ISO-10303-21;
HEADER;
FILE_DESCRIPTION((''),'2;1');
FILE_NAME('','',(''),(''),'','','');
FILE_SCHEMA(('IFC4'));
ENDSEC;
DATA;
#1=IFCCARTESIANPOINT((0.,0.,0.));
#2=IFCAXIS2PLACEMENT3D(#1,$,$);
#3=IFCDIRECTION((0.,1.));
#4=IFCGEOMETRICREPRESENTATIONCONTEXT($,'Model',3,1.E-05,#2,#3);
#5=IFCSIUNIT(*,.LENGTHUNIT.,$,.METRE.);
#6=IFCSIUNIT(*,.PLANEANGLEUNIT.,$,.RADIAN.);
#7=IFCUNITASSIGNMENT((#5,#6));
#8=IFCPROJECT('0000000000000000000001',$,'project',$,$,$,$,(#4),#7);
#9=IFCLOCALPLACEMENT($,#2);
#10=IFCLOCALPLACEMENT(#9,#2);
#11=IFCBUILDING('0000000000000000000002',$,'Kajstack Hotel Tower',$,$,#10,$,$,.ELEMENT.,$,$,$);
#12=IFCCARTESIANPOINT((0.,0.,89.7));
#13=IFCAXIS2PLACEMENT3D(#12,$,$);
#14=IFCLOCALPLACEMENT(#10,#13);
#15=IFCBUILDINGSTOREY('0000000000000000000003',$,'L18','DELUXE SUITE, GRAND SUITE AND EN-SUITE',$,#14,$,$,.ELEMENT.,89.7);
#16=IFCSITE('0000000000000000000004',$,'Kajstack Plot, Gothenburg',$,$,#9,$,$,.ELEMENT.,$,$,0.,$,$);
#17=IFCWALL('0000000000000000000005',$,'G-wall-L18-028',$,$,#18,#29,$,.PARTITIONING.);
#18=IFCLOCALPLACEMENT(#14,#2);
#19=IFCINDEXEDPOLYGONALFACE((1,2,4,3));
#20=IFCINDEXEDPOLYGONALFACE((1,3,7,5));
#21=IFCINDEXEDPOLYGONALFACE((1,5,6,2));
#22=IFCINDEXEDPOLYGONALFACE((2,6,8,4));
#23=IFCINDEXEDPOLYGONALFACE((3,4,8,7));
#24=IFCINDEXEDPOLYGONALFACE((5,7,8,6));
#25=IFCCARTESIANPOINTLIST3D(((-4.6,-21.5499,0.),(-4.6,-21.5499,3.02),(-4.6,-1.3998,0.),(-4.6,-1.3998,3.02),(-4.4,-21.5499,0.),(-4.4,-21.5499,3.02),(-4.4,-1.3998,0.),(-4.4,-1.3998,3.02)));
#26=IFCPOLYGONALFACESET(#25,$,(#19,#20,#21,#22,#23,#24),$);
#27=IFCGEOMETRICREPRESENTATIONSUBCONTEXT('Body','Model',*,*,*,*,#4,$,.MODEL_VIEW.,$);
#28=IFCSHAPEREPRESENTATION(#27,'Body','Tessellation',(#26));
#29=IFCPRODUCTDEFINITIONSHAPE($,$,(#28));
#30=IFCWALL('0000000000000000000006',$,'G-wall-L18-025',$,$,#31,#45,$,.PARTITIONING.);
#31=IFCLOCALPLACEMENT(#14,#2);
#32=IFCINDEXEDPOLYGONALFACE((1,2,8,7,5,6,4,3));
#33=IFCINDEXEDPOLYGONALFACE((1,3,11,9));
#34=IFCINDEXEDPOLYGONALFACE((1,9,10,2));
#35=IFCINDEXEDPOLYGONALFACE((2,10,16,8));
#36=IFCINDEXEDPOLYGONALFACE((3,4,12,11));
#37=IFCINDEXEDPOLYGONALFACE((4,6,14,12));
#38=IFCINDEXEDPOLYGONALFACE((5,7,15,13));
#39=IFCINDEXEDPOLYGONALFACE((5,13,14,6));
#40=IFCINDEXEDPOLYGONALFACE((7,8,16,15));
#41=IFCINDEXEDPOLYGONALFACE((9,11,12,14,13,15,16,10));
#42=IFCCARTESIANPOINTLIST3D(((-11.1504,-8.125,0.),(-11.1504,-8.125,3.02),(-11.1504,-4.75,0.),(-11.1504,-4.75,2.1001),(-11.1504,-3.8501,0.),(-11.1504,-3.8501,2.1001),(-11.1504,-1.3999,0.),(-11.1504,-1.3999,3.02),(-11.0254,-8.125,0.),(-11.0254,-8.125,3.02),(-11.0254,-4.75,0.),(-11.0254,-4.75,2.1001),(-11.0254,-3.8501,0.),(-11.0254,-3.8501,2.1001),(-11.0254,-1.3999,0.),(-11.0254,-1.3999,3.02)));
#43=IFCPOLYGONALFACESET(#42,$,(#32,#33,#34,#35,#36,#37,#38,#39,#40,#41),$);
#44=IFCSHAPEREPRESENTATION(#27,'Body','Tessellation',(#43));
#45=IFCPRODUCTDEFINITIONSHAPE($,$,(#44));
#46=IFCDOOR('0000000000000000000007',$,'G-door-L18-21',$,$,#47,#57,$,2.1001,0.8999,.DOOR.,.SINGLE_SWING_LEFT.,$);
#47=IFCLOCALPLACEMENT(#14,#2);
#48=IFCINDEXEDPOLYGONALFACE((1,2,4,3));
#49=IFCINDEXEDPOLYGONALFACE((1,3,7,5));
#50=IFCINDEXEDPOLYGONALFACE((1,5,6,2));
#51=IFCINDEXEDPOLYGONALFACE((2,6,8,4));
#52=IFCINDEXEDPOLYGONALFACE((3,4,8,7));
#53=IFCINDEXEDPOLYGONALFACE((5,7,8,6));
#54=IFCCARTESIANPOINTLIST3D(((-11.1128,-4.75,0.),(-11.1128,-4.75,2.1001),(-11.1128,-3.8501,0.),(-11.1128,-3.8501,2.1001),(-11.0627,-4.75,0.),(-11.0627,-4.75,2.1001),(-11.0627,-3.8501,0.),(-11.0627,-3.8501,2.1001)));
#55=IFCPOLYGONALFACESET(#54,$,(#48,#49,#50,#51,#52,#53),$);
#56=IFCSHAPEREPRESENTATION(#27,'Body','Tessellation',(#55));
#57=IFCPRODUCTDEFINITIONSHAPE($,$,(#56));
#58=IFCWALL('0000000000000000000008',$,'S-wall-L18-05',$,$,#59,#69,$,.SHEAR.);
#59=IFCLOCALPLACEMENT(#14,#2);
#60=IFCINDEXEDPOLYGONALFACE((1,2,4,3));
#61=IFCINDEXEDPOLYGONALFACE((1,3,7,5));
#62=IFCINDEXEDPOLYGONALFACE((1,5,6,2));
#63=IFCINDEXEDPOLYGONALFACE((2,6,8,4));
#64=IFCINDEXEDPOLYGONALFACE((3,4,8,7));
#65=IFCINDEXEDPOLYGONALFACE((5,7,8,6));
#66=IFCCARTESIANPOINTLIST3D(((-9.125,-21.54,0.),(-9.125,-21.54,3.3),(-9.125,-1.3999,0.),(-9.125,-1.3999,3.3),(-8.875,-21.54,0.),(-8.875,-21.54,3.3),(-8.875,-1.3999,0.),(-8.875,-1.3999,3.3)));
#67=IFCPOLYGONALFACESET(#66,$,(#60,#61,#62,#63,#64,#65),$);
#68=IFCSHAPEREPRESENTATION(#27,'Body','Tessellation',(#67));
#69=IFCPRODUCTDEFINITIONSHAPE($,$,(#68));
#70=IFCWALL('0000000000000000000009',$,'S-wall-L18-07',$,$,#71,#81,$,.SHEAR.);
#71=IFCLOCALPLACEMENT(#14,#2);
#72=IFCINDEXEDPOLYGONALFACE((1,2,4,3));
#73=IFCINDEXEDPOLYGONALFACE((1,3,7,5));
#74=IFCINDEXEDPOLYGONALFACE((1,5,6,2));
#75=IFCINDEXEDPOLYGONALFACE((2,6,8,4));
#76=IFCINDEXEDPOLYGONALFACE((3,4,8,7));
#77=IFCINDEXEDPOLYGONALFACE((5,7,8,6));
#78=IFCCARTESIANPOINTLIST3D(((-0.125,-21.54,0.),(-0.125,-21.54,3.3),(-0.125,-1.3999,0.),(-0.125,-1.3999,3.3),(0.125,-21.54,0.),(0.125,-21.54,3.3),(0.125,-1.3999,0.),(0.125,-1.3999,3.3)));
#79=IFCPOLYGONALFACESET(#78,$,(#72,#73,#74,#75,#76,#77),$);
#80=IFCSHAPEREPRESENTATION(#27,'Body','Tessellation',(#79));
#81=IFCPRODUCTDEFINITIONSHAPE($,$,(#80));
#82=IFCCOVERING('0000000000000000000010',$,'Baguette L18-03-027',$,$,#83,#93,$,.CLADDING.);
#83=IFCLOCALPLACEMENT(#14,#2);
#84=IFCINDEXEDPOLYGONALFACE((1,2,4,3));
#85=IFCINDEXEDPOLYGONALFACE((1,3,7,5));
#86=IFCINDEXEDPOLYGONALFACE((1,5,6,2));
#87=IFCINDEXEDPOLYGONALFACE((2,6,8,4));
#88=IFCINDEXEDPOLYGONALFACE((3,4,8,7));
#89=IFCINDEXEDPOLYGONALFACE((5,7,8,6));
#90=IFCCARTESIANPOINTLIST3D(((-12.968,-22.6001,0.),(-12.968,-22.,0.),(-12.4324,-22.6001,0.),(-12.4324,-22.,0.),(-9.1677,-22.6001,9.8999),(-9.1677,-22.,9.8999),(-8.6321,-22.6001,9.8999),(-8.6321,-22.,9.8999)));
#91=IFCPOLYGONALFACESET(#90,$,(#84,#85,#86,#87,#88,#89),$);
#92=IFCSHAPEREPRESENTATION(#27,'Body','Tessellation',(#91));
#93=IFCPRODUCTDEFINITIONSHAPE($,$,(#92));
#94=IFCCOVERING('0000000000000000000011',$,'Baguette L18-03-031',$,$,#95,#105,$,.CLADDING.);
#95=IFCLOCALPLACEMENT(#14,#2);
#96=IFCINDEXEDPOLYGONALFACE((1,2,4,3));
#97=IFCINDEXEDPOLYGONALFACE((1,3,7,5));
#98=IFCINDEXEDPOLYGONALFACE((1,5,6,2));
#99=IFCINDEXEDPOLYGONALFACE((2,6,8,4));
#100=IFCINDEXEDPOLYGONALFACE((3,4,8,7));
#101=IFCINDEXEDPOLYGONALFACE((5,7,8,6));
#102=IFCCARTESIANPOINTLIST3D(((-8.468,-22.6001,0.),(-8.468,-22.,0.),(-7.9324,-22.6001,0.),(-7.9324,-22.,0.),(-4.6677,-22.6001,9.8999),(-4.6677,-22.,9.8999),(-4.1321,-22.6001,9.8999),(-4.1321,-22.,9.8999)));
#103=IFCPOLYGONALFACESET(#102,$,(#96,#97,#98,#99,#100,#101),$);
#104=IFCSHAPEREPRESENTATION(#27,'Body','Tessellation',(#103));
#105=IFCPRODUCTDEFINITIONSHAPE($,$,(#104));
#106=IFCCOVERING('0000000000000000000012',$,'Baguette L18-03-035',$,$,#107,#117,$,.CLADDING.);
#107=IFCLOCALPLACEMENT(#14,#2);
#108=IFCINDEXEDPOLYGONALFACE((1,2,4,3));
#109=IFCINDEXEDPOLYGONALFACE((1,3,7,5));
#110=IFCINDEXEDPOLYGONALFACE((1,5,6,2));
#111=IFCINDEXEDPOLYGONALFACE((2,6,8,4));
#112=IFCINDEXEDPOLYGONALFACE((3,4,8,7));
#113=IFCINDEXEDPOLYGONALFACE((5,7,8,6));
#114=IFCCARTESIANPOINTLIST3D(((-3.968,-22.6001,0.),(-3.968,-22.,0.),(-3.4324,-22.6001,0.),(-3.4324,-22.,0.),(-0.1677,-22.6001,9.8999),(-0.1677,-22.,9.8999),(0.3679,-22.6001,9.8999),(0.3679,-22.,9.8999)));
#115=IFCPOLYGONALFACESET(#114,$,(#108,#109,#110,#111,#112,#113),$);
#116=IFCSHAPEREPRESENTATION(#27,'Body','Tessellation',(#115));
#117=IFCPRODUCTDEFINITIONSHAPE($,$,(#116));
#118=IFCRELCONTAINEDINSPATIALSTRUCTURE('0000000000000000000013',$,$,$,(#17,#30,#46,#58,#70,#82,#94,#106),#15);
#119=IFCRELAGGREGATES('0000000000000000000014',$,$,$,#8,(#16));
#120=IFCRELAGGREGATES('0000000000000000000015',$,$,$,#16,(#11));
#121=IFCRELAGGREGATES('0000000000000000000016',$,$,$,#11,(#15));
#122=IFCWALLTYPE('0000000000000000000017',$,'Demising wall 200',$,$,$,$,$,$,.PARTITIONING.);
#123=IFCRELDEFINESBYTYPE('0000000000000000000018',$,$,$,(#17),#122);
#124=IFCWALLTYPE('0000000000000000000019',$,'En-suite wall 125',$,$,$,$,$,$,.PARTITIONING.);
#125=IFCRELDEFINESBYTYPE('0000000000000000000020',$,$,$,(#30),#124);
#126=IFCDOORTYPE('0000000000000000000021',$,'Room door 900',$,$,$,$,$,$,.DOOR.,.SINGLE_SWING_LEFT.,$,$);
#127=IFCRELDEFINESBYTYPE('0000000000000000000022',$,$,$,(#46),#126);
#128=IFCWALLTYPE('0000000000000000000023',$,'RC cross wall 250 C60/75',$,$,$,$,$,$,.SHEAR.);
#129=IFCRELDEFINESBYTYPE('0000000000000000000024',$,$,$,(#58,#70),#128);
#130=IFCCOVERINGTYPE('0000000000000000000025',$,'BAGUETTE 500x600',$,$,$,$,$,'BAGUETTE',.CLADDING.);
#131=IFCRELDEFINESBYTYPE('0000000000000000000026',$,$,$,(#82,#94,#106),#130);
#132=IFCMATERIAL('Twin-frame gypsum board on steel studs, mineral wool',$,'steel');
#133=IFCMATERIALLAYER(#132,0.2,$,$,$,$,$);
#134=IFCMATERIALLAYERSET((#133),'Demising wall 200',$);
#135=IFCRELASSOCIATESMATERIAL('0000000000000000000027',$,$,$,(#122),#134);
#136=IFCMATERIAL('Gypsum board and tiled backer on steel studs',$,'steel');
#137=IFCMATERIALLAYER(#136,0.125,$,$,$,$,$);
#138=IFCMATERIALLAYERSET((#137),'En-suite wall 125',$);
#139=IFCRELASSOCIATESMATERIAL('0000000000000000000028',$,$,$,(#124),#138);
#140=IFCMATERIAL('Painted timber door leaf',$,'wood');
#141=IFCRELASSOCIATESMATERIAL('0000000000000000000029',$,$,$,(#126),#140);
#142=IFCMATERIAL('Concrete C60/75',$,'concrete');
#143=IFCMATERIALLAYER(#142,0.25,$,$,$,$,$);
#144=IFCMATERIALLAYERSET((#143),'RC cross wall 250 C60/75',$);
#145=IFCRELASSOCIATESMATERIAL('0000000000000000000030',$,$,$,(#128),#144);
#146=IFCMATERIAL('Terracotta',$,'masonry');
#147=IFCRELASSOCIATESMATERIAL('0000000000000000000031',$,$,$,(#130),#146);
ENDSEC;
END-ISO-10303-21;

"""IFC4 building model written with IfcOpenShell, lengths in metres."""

from ifc_helpers import new_model, si_unit, direction, frame, frame_2d, origin, origin_2d, place, context, subcontext, project, spatial, polyline, rectangle, outline, extrude, material, layer, layer_set, material_profile, profile_set, type_object, element, fill, save


model = new_model("IFC4")

# Units and contexts
model_context = context("Model", 3, precision=1e-05, world=origin(), true_north=direction((0.0, 1.0)))
body_context = subcontext(model_context, "Body", "Model", "MODEL_VIEW")
ifc_project = project(units=[si_unit("LENGTHUNIT", "METRE"), si_unit("PLANEANGLEUNIT", "RADIAN")], contexts=[model_context])

# Site, building, storey
site_placement = place(None, origin())
site = spatial("IfcSite", under=ifc_project, at=site_placement, Name="Kajstack Plot, Gothenburg", CompositionType="ELEMENT", RefElevation=0.0)
building_placement = place(site_placement, origin())
building = spatial("IfcBuilding", under=site, at=building_placement, Name="Kajstack Hotel Tower", CompositionType="ELEMENT")
storey_placement = place(building_placement, frame((0.0, 0.0, 89.7)))
storey = spatial("IfcBuildingStorey", under=building, at=storey_placement, Name="L18", Description="DELUXE SUITE, GRAND SUITE AND EN-SUITE", CompositionType="ELEMENT", Elevation=89.7)

# Wall
ifc_material_1 = material(Name="Twin-frame gypsum board on steel studs, mineral wool", Category="steel")
ifc_layer_1 = layer(ifc_material_1, 0.2)
ifc_layer_set_1 = layer_set([ifc_layer_1], Name="Demising wall 200")
wall_type_1 = type_object("IfcWallType", Name="Demising wall 200", PredefinedType="PARTITIONING", material=ifc_layer_set_1)
wall_1_placement = place(storey_placement, frame((-4.5, -21.55, 0.0), z_axis=(0.0, 0.0, 1.0), x_axis=(0.0, 1.0, 0.0)))
element("IfcWall", 1, at=wall_1_placement, inside=storey, type_object=wall_type_1, Name="G-wall-L18-028", PredefinedType="PARTITIONING", context=body_context, shape_type="SweptSolid", body=[
    extrude(rectangle(XDim=20.1501, YDim=0.2, at=frame_2d((10.0752, 0.0))), origin(), (0.0, 0.0, 1.0), 3.02),
])

# Wall, opening, door
ifc_material_2 = material(Name="Gypsum board and tiled backer on steel studs", Category="steel")
ifc_layer_2 = layer(ifc_material_2, 0.125)
ifc_layer_set_2 = layer_set([ifc_layer_2], Name="En-suite wall 125")
wall_type_2 = type_object("IfcWallType", Name="En-suite wall 125", PredefinedType="PARTITIONING", material=ifc_layer_set_2)
wall_2_placement = place(storey_placement, frame((-11.0879, -8.125, 0.0), z_axis=(0.0, 0.0, 1.0), x_axis=(0.0, 1.0, 0.0)))
wall_2 = element("IfcWall", 2, at=wall_2_placement, inside=storey, type_object=wall_type_2, Name="G-wall-L18-025", PredefinedType="PARTITIONING", context=body_context, shape_type="SweptSolid", body=[
    extrude(rectangle(XDim=6.7251, YDim=0.125, at=frame_2d((3.3625, 0.0))), origin(), (0.0, 0.0, 1.0), 3.02),
])
opening_placement = place(wall_2_placement, frame((3.375, 0.0, 0.0)))
opening = element("IfcOpeningElement", 3, at=opening_placement, cuts=wall_2, PredefinedType="OPENING", context=body_context, shape_type="SweptSolid", body=[
    extrude(rectangle(XDim=0.8999, YDim=2.1001, at=frame_2d((0.45, 1.05))), frame((0.0, 0.0725, 0.0), z_axis=(0.0, -1.0, 0.0), x_axis=(1.0, 0.0, 0.0)), (0.0, 0.0, 1.0), 0.145),
])
ifc_material_3 = material(Name="Painted timber door leaf", Category="wood")
door_type = type_object("IfcDoorType", Name="Room door 900", OperationType="SINGLE_SWING_LEFT", PredefinedType="DOOR", material=ifc_material_3)
door_placement = place(opening_placement, origin())
door = element("IfcDoor", 4, at=door_placement, inside=storey, type_object=door_type, Name="G-door-L18-21", OperationType="SINGLE_SWING_LEFT", OverallHeight=2.1001, OverallWidth=0.8999, PredefinedType="DOOR", context=body_context, shape_type="SweptSolid", body=[
    extrude(rectangle(XDim=0.8999, YDim=2.1001, at=frame_2d((0.45, 1.05))), frame((0.0, 0.0249, 0.0), z_axis=(0.0, -1.0, 0.0), x_axis=(1.0, 0.0, 0.0)), (0.0, 0.0, 1.0), 0.05),
])
fill(opening, door)

# Walls
ifc_material_4 = material(Name="Concrete C60/75", Category="concrete")
ifc_layer_3 = layer(ifc_material_4, 0.25)
ifc_layer_set_3 = layer_set([ifc_layer_3], Name="RC cross wall 250 C60/75")
wall_type_3 = type_object("IfcWallType", Name="RC cross wall 250 C60/75", PredefinedType="SHEAR", material=ifc_layer_set_3)
for number, where, z_axis, x_axis, name in (
    (5, (-9.0, -21.54, 0.0), (0.0, 0.0, 1.0), (0.0, 1.0, 0.0), "S-wall-L18-05"),
    (6, (0.0, -21.54, 0.0), (0.0, 0.0, 1.0), (0.0, 1.0, 0.0), "S-wall-L18-07"),
):
    element("IfcWall", number, at=place(storey_placement, frame(where, z_axis=z_axis, x_axis=x_axis)), inside=storey, type_object=wall_type_3, Name=name, PredefinedType="SHEAR", context=body_context, shape_type="SweptSolid", body=[
        extrude(rectangle(XDim=20.1401, YDim=0.25, at=frame_2d((10.0701, 0.0))), origin(), (0.0, 0.0, 1.0), 3.3),
    ])

# Coverings
ifc_material_5 = material(Name="Terracotta", Category="masonry")
ifc_material_profile = material_profile(ifc_material_5, rectangle(XDim=0.6001, YDim=0.5, at=origin_2d()), Name="Terracotta-clad concrete baguette 500 x 600")
ifc_profile_set = profile_set([ifc_material_profile], Name="Terracotta")
covering_type = type_object("IfcCoveringType", Name="BAGUETTE 500x600", ElementType="BAGUETTE", PredefinedType="CLADDING", material=ifc_profile_set)
for number, where, z_axis, x_axis, name in (
    (7, (-12.968, -22.0, 0.0), (0.0, -1.0, 0.0), (1.0, 0.0, 0.0), "Baguette L18-03-027"),
    (8, (-8.468, -22.0, 0.0), (0.0, -1.0, 0.0), (1.0, 0.0, 0.0), "Baguette L18-03-031"),
    (9, (-3.968, -22.0, 0.0), (0.0, -1.0, 0.0), (1.0, 0.0, 0.0), "Baguette L18-03-035"),
):
    element("IfcCovering", number, at=place(storey_placement, frame(where, z_axis=z_axis, x_axis=x_axis)), inside=storey, type_object=covering_type, Name=name, PredefinedType="CLADDING", context=body_context, shape_type="SweptSolid", body=[
        extrude(outline(polyline([(3.8003, 9.8999), (0.0, 0.0), (0.5356, 0.0), (4.3359, 9.8999), (3.8003, 9.8999)])), origin(), (0.0, 0.0, 1.0), 0.6001),
    ])

save(model, "model.ifc")
